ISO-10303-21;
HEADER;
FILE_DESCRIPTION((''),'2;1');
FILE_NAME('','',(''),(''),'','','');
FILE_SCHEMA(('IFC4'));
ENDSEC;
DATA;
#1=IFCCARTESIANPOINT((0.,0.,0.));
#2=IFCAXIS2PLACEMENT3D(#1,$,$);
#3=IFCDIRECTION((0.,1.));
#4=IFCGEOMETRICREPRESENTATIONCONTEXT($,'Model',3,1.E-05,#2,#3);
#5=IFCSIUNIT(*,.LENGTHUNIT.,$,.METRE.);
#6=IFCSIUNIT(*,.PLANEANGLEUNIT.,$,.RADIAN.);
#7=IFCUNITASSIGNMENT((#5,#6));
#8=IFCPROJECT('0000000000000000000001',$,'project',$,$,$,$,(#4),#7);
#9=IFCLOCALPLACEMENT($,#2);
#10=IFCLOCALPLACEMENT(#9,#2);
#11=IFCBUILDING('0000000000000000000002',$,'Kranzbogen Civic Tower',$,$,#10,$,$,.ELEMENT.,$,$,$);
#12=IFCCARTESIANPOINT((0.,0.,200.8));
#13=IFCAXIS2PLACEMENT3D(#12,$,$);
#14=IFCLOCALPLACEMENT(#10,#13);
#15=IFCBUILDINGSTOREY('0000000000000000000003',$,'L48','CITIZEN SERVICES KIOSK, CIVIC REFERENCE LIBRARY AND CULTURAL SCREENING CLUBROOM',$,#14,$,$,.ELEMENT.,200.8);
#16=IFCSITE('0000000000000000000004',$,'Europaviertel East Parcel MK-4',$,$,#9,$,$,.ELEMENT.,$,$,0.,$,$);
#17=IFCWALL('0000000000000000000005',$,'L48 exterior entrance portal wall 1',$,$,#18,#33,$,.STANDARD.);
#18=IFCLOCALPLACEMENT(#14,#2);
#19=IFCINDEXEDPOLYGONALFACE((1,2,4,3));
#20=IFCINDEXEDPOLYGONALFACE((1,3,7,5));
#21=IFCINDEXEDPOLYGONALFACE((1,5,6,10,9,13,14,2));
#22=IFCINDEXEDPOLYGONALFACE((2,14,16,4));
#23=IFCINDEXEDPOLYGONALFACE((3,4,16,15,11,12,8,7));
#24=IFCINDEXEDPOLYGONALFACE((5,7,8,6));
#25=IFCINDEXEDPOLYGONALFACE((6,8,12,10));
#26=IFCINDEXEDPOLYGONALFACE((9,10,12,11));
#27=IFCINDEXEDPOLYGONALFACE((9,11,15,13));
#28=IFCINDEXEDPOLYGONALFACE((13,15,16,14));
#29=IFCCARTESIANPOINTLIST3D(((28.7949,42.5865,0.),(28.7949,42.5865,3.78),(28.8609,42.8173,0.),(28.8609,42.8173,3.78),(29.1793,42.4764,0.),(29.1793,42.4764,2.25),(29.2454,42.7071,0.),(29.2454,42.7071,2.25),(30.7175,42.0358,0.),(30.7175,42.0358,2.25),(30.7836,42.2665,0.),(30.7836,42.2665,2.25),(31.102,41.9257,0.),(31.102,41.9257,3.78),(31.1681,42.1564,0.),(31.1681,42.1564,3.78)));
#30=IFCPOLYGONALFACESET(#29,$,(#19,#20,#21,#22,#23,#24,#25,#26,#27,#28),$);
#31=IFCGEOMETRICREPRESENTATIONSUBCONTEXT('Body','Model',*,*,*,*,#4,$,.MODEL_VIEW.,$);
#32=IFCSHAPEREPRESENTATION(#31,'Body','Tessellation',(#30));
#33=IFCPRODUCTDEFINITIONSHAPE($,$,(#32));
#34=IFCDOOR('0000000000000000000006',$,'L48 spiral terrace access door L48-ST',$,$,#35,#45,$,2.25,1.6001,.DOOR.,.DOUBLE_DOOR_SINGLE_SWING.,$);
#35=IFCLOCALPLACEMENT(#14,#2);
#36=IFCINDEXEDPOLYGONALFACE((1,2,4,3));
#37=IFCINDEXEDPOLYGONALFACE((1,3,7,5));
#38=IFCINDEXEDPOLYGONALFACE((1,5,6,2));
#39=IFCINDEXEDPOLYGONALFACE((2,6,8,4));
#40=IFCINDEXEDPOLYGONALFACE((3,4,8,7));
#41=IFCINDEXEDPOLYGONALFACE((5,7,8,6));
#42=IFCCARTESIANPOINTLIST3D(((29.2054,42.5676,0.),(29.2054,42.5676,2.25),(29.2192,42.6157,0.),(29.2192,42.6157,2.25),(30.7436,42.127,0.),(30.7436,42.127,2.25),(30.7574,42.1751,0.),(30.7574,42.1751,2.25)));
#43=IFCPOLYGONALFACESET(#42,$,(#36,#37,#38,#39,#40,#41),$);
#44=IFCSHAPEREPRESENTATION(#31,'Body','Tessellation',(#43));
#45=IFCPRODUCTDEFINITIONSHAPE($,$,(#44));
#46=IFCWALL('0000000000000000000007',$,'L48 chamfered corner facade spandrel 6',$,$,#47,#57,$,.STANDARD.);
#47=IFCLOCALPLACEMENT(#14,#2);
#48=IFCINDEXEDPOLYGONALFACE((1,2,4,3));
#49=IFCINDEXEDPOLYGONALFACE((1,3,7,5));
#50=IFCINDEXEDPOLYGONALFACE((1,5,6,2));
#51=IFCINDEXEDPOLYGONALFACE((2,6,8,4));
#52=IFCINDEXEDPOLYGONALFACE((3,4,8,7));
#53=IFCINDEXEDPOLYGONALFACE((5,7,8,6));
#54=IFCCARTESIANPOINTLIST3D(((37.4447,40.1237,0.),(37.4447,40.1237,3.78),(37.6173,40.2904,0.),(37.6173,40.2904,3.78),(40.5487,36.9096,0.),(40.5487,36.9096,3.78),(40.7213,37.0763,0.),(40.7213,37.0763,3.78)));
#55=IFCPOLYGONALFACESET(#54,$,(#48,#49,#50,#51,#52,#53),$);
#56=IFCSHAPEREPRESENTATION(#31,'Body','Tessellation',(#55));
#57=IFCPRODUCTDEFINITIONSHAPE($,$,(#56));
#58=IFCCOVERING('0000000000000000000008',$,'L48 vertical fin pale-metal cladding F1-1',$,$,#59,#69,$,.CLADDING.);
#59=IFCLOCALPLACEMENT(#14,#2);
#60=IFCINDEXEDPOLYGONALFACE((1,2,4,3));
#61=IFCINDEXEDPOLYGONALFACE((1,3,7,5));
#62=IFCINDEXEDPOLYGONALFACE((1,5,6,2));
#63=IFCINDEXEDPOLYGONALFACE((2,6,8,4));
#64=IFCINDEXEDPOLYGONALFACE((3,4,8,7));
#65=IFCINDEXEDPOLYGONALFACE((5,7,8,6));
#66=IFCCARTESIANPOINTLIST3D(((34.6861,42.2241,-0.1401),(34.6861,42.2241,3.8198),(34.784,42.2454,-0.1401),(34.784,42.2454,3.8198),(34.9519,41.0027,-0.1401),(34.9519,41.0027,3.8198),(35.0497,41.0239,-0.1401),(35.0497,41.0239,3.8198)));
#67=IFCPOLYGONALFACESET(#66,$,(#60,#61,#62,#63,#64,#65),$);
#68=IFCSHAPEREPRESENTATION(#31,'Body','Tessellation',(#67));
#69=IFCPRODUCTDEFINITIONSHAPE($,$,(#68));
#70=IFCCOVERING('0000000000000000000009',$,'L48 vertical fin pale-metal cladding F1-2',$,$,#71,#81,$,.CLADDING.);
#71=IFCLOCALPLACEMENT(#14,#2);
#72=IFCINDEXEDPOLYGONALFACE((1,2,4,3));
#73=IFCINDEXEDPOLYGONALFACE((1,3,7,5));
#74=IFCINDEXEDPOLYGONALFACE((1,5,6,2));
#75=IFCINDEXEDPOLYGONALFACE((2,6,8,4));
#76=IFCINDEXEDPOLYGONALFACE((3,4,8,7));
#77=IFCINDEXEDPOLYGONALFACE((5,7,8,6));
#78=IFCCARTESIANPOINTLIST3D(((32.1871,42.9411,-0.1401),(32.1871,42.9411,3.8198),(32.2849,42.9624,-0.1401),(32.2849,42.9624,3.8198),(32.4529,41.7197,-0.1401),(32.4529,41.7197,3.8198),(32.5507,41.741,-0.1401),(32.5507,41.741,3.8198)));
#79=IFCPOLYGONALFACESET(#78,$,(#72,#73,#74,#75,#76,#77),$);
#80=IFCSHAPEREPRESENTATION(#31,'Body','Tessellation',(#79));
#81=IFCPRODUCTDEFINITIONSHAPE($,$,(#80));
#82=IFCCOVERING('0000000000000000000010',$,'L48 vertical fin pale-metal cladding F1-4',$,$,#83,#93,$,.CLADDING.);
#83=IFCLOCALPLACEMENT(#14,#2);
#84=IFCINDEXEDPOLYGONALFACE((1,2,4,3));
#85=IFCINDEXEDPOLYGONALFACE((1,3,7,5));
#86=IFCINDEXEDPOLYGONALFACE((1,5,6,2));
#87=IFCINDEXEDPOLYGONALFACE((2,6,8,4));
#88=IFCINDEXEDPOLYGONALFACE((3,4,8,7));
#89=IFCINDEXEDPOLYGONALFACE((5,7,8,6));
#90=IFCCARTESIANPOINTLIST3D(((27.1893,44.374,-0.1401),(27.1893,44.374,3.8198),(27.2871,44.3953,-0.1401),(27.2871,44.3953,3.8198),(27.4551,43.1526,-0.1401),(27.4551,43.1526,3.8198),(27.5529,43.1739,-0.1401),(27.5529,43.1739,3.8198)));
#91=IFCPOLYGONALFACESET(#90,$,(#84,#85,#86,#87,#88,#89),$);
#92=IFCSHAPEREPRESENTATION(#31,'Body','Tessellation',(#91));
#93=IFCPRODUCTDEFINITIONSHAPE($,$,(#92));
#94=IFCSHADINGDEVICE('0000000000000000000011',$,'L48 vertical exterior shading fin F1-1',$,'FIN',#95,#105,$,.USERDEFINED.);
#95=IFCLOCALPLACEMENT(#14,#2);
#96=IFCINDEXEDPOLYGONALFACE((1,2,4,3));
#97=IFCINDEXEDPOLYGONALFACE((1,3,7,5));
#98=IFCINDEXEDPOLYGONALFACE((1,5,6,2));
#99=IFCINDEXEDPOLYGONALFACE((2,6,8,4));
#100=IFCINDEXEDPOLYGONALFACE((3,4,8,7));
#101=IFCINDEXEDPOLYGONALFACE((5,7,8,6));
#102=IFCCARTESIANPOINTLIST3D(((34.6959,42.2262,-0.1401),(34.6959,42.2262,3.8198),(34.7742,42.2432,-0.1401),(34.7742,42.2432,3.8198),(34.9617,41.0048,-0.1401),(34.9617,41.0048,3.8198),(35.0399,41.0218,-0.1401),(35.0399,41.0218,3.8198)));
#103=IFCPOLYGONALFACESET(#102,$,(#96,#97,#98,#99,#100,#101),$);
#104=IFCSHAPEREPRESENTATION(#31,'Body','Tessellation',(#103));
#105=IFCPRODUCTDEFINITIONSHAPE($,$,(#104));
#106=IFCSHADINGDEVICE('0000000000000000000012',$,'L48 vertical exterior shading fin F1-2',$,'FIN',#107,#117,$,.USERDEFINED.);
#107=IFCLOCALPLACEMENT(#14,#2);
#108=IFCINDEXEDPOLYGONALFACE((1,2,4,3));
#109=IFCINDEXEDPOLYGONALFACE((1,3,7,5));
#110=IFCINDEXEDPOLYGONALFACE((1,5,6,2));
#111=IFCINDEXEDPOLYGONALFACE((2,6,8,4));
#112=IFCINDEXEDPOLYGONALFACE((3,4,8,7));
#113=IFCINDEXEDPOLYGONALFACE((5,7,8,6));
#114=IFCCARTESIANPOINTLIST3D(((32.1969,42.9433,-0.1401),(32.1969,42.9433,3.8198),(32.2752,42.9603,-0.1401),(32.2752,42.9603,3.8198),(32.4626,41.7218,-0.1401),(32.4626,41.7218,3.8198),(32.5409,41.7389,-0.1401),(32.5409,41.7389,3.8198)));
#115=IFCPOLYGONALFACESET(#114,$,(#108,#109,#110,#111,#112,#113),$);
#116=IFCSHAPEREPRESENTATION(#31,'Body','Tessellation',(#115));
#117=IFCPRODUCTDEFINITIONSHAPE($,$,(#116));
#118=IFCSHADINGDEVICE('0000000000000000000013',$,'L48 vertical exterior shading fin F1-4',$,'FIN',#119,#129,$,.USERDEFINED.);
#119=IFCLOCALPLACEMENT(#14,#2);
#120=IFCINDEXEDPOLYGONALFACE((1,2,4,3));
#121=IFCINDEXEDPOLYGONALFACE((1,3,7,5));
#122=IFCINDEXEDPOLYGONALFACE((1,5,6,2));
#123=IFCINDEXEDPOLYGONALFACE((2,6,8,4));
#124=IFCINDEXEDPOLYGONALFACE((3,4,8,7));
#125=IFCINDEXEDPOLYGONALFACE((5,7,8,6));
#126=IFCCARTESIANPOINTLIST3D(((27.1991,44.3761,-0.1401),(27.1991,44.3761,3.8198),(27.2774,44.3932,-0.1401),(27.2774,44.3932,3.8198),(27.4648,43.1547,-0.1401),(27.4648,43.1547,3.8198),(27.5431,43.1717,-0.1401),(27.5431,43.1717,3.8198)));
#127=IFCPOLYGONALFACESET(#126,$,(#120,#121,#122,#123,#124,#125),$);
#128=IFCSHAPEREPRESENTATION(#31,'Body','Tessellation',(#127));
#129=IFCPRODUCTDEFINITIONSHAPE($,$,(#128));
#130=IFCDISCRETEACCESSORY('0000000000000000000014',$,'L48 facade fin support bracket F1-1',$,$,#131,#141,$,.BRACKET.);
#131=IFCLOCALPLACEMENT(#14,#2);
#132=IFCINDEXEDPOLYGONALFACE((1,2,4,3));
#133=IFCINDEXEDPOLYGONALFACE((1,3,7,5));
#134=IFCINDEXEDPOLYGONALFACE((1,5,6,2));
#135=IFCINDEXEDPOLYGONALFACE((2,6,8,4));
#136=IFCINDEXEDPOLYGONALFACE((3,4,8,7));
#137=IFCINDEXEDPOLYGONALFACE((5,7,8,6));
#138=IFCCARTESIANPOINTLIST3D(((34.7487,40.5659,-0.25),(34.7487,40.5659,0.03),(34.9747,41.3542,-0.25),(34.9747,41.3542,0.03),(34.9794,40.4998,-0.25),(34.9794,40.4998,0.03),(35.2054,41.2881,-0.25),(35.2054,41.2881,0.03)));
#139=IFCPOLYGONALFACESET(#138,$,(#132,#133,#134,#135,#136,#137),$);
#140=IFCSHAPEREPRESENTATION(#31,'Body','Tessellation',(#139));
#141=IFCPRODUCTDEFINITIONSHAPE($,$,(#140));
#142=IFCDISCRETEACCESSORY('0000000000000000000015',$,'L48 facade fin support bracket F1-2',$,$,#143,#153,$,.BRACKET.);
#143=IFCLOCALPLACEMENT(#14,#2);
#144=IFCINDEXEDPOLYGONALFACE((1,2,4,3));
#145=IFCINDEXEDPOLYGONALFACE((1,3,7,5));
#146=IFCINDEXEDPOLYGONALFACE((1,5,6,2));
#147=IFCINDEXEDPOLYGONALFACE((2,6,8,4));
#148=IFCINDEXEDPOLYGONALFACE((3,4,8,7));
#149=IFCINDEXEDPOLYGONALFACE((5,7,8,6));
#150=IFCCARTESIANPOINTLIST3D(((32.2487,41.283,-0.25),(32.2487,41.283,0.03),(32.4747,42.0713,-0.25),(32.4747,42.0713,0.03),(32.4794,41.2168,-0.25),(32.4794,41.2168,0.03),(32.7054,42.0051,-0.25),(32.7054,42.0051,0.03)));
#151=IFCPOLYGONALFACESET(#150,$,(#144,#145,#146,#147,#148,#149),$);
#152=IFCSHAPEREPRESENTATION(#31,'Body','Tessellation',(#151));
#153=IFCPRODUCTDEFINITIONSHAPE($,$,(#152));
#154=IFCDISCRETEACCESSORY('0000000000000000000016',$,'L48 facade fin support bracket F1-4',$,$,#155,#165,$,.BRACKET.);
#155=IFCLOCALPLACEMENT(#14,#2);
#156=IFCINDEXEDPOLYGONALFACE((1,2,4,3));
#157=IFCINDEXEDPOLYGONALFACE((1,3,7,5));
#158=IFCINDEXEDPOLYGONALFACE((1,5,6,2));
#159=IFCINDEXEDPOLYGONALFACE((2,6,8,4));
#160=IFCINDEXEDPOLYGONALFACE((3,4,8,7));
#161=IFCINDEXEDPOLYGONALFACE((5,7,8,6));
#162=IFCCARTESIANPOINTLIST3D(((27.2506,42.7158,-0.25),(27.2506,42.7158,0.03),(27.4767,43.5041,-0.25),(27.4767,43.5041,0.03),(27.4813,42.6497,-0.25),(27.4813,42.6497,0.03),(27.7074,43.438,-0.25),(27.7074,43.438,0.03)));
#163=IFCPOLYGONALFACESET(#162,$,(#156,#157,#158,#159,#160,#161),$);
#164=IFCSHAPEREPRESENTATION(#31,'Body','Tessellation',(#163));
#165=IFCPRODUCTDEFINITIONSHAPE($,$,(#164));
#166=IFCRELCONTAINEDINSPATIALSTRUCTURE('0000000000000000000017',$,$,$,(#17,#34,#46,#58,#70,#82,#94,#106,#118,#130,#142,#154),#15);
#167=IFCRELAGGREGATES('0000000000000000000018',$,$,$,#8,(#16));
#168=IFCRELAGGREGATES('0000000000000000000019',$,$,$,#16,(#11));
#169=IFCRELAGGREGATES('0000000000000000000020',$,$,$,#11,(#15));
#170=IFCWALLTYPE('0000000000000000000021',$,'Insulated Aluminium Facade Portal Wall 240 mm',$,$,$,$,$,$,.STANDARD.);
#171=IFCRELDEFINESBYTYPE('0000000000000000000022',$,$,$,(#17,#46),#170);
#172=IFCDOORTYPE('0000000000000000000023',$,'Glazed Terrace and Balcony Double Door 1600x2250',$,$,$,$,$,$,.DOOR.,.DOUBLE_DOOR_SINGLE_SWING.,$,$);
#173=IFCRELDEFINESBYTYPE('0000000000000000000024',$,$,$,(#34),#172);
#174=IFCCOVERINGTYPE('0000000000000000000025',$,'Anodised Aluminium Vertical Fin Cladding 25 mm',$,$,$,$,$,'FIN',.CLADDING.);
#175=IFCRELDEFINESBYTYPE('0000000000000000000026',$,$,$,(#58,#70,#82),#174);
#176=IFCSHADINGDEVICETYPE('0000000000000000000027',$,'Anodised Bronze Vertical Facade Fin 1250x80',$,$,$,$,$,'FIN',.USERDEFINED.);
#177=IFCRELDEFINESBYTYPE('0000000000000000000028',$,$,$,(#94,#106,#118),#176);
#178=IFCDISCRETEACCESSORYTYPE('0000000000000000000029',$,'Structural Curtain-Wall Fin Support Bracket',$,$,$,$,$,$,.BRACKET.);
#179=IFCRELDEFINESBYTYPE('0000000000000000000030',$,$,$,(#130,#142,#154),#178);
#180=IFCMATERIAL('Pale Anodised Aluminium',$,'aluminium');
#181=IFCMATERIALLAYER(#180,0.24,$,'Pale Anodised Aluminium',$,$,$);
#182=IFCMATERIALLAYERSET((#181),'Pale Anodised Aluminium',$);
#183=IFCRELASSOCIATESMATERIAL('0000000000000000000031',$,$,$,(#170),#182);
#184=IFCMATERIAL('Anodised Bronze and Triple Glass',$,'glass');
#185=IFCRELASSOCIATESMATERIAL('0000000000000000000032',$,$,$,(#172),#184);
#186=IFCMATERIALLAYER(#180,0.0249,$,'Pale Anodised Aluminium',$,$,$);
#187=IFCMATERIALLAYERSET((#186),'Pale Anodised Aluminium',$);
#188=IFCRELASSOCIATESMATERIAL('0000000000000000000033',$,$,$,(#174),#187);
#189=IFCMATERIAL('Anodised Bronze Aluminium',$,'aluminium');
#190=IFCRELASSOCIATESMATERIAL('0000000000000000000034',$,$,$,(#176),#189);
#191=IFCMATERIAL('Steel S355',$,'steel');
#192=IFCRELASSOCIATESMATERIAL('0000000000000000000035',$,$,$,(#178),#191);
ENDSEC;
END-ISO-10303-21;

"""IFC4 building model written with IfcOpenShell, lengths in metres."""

from ifc_helpers import new_model, si_unit, direction, frame, frame_2d, origin, origin_2d, place, context, subcontext, project, spatial, rectangle, extrude, material, layer, layer_set, type_object, element, fill, save


model = new_model("IFC4")

# Units and contexts
model_context = context("Model", 3, precision=1e-05, world=origin(), true_north=direction((0.0, 1.0)))
body_context = subcontext(model_context, "Body", "Model", "MODEL_VIEW")
ifc_project = project(units=[si_unit("LENGTHUNIT", "METRE"), si_unit("PLANEANGLEUNIT", "RADIAN")], contexts=[model_context])

# Site, building, storey
site_placement = place(None, origin())
site = spatial("IfcSite", under=ifc_project, at=site_placement, Name="Europaviertel East Parcel MK-4", CompositionType="ELEMENT", RefElevation=0.0)
building_placement = place(site_placement, origin())
building = spatial("IfcBuilding", under=site, at=building_placement, Name="Kranzbogen Civic Tower", CompositionType="ELEMENT")
storey_placement = place(building_placement, frame((0.0, 0.0, 200.8)))
storey = spatial("IfcBuildingStorey", under=building, at=storey_placement, Name="L48", Description="CITIZEN SERVICES KIOSK, CIVIC REFERENCE LIBRARY AND CULTURAL SCREENING CLUBROOM", CompositionType="ELEMENT", Elevation=200.8)

# Shared definitions
ifc_material_1 = material(Name="Steel S355", Category="steel")

# Shared definitions
ifc_material_2 = material(Name="Pale Anodised Aluminium", Category="aluminium")

# Wall, opening, door
ifc_layer_1 = layer(ifc_material_2, 0.24, Name="Pale Anodised Aluminium")
ifc_layer_set_1 = layer_set([ifc_layer_1], Name="Pale Anodised Aluminium")
wall_type_1 = type_object("IfcWallType", Name="Insulated Aluminium Facade Portal Wall 240 mm", PredefinedType="STANDARD", material=ifc_layer_set_1)
wall_1_placement = place(storey_placement, frame((31.135, 42.041, 0.0), z_axis=(0.0, 0.0, 1.0), x_axis=(-0.961336, 0.275379, 0.0)))
wall_1 = element("IfcWall", 1, at=wall_1_placement, inside=storey, type_object=wall_type_1, Name="L48 exterior entrance portal wall 1", PredefinedType="STANDARD", context=body_context, shape_type="SweptSolid", body=[
    extrude(rectangle(XDim=2.3999, YDim=0.24, at=frame_2d((1.2, 0.0))), origin(), (0.0, 0.0, 1.0), 3.78),
])
opening_1_placement = place(wall_1_placement, frame((0.3999, 0.0, 0.0)))
opening_1 = element("IfcOpeningElement", 2, at=opening_1_placement, cuts=wall_1, PredefinedType="OPENING", context=body_context, shape_type="SweptSolid", body=[
    extrude(rectangle(XDim=1.6001, YDim=2.25, at=frame_2d((0.8, 1.125))), frame((0.0, 0.1299, 0.0), z_axis=(0.0, -1.0, 0.0), x_axis=(1.0, 0.0, 0.0)), (0.0, 0.0, 1.0), 0.26),
])
ifc_material_3 = material(Name="Anodised Bronze and Triple Glass", Category="glass")
door_type_1 = type_object("IfcDoorType", Name="Glazed Terrace and Balcony Double Door 1600x2250", OperationType="DOUBLE_DOOR_SINGLE_SWING", PredefinedType="DOOR", material=ifc_material_3)
door_1_placement = place(opening_1_placement, frame((1.6001, 0.0, 0.0), z_axis=(0.0, 0.0, 1.0), x_axis=(-1.0, 0.0, 0.0)))
door_1 = element("IfcDoor", 3, at=door_1_placement, inside=storey, type_object=door_type_1, Name="L48 spiral terrace access door L48-ST", OperationType="DOUBLE_DOOR_SINGLE_SWING", OverallHeight=2.25, OverallWidth=1.6001, PredefinedType="DOOR", context=body_context, shape_type="SweptSolid", body=[
    extrude(rectangle(XDim=1.6001, YDim=2.25, at=frame_2d((0.8, 1.125))), frame((0.0, 0.0249, 0.0), z_axis=(0.0, -1.0, 0.0), x_axis=(1.0, 0.0, 0.0)), (0.0, 0.0, 1.0), 0.05),
])
fill(opening_1, door_1)

# Wall
wall_2_placement = place(storey_placement, frame((40.635, 36.9929, 0.0), z_axis=(0.0, 0.0, 1.0), x_axis=(-0.694678, 0.71932, 0.0)))
element("IfcWall", 4, at=wall_2_placement, inside=storey, type_object=wall_type_1, Name="L48 chamfered corner facade spandrel 6", PredefinedType="STANDARD", context=body_context, shape_type="SweptSolid", body=[
    extrude(rectangle(XDim=4.4683, YDim=0.24, at=frame_2d((2.2341, 0.0))), origin(), (0.0, 0.0, 1.0), 3.78),
])

# Coverings
ifc_layer_2 = layer(ifc_material_2, 0.0249, Name="Pale Anodised Aluminium")
ifc_layer_set_2 = layer_set([ifc_layer_2], Name="Pale Anodised Aluminium")
covering_type = type_object("IfcCoveringType", Name="Anodised Aluminium Vertical Fin Cladding 25 mm", ElementType="FIN", PredefinedType="CLADDING", material=ifc_layer_set_2)
for number, where, z_axis, x_axis, name in (
    (5, (34.8679, 41.624, -0.1401), (0.0, 0.0, 1.0), (-0.212587, 0.977142, 0.0), "L48 vertical fin pale-metal cladding F1-1"),
    (6, (32.3689, 42.3411, -0.1401), (0.0, 0.0, 1.0), (-0.212587, 0.977142, 0.0), "L48 vertical fin pale-metal cladding F1-2"),
    (7, (27.3711, 43.7739, -0.1401), (0.0, 0.0, 1.0), (-0.212587, 0.977142, 0.0), "L48 vertical fin pale-metal cladding F1-4"),
):
    element("IfcCovering", number, at=place(storey_placement, frame(where, z_axis=z_axis, x_axis=x_axis)), inside=storey, type_object=covering_type, Name=name, PredefinedType="CLADDING", context=body_context, shape_type="SweptSolid", body=[
        extrude(rectangle(XDim=1.25, YDim=0.1001, at=origin_2d()), origin(), (0.0, 0.0, 1.0), 3.96),
    ])

# Shading devices
ifc_material_4 = material(Name="Anodised Bronze Aluminium", Category="aluminium")
shading_device_type = type_object("IfcShadingDeviceType", Name="Anodised Bronze Vertical Facade Fin 1250x80", ElementType="FIN", PredefinedType="USERDEFINED", material=ifc_material_4)
for number, where, z_axis, x_axis, name in (
    (8, (34.8679, 41.624, -0.1401), (0.0, 0.0, 1.0), (-0.212587, 0.977142, 0.0), "L48 vertical exterior shading fin F1-1"),
    (9, (32.3689, 42.3411, -0.1401), (0.0, 0.0, 1.0), (-0.212587, 0.977142, 0.0), "L48 vertical exterior shading fin F1-2"),
    (10, (27.3711, 43.7739, -0.1401), (0.0, 0.0, 1.0), (-0.212587, 0.977142, 0.0), "L48 vertical exterior shading fin F1-4"),
):
    element("IfcShadingDevice", number, at=place(storey_placement, frame(where, z_axis=z_axis, x_axis=x_axis)), inside=storey, type_object=shading_device_type, Name=name, ObjectType="FIN", PredefinedType="USERDEFINED", context=body_context, shape_type="SweptSolid", body=[
        extrude(rectangle(XDim=1.25, YDim=0.0801, at=origin_2d()), origin(), (0.0, 0.0, 1.0), 3.96),
    ])

# Discrete accessories
discrete_accessory_type = type_object("IfcDiscreteAccessoryType", Name="Structural Curtain-Wall Fin Support Bracket", PredefinedType="BRACKET", material=ifc_material_1)
for number, where, z_axis, x_axis, name in (
    (11, (34.9771, 40.927, -0.25), (0.0, 0.0, 1.0), (0.275637, 0.961262, 0.0), "L48 facade fin support bracket F1-1"),
    (12, (32.4771, 41.644, -0.25), (0.0, 0.0, 1.0), (0.275637, 0.961262, 0.0), "L48 facade fin support bracket F1-2"),
    (13, (27.479, 43.0769, -0.25), (0.0, 0.0, 1.0), (0.275637, 0.961262, 0.0), "L48 facade fin support bracket F1-4"),
):
    element("IfcDiscreteAccessory", number, at=place(storey_placement, frame(where, z_axis=z_axis, x_axis=x_axis)), inside=storey, type_object=discrete_accessory_type, Name=name, PredefinedType="BRACKET", context=body_context, shape_type="SweptSolid", body=[
        extrude(rectangle(XDim=0.8201, YDim=0.24, at=origin_2d()), origin(), (0.0, 0.0, 1.0), 0.28),
    ])

save(model, "model.ifc")
